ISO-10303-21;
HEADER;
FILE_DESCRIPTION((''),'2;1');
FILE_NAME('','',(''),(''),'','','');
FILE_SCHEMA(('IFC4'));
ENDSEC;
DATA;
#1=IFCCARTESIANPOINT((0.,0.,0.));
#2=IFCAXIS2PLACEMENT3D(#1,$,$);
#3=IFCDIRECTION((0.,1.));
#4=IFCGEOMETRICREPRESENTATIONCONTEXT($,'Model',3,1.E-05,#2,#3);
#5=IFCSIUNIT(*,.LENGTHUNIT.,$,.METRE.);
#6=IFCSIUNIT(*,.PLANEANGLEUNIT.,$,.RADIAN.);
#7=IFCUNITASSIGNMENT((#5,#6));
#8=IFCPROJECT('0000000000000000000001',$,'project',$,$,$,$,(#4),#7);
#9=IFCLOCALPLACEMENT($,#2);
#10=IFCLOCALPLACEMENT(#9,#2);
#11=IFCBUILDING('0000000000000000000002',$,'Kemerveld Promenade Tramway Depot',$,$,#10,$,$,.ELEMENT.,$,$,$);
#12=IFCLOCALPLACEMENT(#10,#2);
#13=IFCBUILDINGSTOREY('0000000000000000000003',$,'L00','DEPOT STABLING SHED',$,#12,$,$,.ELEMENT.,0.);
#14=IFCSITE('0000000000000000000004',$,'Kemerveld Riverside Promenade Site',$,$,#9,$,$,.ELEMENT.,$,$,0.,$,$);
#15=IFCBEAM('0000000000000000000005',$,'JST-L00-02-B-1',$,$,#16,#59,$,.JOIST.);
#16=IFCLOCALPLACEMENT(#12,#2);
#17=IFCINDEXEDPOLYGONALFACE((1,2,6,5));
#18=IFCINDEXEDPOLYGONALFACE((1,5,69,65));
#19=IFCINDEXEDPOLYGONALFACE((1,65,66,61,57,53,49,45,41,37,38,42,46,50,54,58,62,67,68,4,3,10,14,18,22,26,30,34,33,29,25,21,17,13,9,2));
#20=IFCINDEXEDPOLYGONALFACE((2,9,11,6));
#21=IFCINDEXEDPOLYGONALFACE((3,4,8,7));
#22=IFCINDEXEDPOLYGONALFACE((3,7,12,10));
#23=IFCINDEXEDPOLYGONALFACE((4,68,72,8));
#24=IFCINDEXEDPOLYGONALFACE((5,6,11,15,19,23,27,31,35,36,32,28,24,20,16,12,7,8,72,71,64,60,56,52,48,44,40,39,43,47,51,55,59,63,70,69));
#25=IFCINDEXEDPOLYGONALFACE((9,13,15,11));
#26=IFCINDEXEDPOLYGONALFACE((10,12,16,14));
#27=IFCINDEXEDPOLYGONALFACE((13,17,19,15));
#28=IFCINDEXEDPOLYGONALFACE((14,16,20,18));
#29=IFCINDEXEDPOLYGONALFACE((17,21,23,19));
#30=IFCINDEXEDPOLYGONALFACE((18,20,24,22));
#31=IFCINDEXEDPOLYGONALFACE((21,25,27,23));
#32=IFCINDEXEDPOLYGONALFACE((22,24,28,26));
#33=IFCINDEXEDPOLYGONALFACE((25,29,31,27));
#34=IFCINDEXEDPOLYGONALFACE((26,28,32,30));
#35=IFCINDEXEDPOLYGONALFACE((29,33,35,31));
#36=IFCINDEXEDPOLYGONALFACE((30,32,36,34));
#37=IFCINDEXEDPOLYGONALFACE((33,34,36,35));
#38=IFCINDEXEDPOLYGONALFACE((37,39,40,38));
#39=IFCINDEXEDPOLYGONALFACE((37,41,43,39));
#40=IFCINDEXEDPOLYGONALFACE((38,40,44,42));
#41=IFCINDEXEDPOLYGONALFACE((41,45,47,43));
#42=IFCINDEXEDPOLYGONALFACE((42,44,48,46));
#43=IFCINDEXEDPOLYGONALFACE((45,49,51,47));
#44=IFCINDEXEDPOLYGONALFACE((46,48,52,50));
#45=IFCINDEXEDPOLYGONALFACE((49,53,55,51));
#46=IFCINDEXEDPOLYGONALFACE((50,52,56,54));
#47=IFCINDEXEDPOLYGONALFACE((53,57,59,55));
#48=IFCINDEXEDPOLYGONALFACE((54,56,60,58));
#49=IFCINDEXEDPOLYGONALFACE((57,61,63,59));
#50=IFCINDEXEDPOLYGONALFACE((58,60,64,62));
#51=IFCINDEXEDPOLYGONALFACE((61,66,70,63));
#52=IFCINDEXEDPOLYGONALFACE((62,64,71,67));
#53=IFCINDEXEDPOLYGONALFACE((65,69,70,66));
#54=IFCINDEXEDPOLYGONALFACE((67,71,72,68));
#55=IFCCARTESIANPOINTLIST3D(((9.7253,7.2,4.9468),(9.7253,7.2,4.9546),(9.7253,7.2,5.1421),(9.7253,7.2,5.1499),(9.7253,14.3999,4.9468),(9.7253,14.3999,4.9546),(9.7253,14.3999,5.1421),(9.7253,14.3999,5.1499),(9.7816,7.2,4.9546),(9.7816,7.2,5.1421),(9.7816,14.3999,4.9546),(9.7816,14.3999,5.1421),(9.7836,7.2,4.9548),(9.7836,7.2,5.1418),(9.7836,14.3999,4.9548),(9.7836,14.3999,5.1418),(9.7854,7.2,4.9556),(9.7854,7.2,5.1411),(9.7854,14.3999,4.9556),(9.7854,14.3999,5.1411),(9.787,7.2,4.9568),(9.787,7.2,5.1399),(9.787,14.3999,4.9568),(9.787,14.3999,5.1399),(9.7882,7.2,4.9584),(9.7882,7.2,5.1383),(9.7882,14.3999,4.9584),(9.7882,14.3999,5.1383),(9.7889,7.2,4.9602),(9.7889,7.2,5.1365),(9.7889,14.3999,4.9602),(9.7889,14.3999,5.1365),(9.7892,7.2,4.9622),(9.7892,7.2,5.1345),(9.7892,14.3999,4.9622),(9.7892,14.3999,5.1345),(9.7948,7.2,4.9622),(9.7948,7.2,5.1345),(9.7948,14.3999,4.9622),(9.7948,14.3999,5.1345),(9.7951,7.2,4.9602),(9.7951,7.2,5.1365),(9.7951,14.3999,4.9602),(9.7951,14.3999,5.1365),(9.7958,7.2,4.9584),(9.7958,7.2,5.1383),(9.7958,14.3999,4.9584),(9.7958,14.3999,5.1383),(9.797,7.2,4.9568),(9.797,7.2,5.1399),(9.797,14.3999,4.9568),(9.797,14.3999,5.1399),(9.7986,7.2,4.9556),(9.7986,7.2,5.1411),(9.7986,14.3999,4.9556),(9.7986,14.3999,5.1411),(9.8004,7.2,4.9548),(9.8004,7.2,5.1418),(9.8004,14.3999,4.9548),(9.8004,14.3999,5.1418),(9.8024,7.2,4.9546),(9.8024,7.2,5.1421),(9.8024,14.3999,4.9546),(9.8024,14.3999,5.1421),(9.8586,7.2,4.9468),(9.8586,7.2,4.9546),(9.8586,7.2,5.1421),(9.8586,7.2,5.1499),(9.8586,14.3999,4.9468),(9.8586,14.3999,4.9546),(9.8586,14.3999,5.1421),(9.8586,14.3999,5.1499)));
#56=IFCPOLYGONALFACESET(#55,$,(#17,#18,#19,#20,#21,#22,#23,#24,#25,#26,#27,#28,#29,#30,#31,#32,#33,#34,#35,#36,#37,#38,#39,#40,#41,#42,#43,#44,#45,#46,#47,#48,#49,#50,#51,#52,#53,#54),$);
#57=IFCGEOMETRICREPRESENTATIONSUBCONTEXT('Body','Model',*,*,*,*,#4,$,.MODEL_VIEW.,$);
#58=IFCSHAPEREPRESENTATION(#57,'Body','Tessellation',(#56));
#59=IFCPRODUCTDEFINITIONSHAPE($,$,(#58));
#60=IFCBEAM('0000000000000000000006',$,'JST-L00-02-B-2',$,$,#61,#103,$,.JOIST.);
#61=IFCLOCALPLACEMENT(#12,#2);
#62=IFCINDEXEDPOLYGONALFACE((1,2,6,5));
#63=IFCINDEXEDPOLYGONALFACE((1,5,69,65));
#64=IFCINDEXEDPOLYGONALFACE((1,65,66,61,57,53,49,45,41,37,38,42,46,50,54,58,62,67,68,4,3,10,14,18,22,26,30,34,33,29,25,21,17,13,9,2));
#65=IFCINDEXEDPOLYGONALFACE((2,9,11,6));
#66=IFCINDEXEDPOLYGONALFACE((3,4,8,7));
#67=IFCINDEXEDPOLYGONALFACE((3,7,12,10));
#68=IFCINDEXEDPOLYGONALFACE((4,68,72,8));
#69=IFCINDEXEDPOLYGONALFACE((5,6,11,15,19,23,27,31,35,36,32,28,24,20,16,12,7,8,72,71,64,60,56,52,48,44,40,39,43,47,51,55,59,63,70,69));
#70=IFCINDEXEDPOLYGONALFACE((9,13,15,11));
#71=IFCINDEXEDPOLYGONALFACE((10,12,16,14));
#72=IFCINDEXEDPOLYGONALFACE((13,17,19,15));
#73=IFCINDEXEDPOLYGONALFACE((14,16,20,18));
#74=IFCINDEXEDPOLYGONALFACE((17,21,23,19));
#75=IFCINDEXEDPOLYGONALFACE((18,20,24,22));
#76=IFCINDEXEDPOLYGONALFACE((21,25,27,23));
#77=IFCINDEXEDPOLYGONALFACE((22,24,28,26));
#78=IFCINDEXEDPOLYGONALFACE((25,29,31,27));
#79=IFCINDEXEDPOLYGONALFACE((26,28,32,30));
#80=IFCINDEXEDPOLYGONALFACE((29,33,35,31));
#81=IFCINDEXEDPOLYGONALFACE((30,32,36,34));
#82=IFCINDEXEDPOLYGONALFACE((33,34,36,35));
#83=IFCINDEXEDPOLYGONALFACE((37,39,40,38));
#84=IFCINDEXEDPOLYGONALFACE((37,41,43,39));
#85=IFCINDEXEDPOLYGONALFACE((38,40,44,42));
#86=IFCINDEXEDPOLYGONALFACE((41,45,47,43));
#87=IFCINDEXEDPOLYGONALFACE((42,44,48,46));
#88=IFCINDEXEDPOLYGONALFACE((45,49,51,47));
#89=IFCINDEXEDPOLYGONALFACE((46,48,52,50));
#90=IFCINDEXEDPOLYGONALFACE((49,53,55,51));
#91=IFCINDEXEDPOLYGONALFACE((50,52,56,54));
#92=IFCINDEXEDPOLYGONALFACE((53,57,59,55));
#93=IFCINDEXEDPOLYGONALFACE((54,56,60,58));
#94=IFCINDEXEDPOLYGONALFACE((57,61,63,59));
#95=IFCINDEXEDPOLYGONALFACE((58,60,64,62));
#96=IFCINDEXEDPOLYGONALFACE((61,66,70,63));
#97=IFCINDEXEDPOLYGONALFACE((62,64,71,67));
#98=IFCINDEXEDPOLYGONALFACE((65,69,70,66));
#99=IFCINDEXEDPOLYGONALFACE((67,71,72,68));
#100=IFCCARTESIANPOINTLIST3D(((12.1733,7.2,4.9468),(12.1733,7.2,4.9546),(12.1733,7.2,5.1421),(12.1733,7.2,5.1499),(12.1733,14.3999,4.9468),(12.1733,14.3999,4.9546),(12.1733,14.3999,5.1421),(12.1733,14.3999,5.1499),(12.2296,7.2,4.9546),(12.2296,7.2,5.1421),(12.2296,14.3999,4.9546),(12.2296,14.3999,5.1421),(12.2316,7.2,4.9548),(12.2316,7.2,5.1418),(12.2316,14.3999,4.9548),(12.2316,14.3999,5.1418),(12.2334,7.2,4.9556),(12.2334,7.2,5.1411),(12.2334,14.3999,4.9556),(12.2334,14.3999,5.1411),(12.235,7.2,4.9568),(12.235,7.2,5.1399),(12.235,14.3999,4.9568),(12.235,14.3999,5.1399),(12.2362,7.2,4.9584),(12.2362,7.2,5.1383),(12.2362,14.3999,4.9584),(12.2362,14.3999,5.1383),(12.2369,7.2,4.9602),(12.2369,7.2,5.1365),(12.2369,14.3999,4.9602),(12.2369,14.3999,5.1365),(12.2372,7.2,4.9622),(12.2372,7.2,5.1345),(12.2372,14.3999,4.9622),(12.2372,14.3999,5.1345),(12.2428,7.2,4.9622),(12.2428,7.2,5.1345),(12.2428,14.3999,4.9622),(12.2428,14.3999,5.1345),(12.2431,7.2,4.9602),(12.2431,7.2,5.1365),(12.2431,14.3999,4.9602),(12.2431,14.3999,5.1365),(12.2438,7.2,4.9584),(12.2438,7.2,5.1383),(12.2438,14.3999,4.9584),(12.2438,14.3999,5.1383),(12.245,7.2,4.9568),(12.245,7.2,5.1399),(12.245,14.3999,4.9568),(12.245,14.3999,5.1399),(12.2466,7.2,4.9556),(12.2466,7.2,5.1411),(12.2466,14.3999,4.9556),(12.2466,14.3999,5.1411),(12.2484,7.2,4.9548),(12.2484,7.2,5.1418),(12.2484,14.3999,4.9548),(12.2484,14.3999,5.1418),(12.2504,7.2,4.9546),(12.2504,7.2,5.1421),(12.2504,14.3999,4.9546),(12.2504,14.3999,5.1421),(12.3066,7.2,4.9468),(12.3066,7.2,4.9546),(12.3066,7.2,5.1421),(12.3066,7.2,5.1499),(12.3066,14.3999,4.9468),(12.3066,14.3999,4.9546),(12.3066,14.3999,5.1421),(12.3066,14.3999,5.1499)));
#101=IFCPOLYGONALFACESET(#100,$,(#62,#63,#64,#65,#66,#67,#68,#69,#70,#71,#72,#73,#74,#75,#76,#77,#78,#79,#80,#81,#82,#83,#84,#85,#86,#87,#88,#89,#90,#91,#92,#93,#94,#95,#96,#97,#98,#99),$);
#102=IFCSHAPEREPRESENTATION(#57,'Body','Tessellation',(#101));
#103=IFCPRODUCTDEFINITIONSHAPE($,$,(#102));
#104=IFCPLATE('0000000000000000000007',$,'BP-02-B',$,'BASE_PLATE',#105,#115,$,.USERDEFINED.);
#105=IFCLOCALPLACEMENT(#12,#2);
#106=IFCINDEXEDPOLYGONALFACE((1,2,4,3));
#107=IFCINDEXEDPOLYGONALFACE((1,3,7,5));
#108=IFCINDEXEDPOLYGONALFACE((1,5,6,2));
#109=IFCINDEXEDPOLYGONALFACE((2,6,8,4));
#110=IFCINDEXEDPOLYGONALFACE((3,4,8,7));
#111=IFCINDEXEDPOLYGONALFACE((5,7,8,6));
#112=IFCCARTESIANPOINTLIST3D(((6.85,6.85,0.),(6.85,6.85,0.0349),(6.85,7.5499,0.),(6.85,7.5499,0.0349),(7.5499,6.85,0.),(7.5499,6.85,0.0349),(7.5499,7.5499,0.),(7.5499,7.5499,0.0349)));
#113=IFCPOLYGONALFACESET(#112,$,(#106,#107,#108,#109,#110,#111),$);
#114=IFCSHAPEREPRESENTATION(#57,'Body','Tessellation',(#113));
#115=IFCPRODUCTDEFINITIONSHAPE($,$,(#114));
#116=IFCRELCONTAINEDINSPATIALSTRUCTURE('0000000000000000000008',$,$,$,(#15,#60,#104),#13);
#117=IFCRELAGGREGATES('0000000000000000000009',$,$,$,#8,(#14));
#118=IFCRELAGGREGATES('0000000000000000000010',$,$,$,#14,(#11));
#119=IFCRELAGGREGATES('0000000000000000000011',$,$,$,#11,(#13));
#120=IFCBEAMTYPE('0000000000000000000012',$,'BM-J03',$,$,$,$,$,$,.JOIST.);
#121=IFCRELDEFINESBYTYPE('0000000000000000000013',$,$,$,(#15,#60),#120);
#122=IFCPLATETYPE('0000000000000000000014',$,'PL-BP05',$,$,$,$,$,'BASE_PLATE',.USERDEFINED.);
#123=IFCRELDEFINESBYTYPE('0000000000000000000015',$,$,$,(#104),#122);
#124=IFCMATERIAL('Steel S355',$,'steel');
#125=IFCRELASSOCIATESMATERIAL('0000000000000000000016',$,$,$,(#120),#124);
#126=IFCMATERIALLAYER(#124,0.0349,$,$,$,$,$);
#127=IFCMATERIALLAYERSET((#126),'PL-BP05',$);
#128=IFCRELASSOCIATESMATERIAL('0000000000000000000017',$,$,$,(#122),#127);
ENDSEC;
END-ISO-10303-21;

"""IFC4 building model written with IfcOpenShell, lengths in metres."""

from ifc_helpers import new_model, si_unit, direction, frame, origin, origin_2d, place, context, subcontext, project, spatial, rectangle, i_section, extrude, material, layer, layer_set, material_profile, profile_set, type_object, element, save


model = new_model("IFC4")

# Units and contexts
model_context = context("Model", 3, precision=1e-05, world=origin(), true_north=direction((0.0, 1.0)))
body_context = subcontext(model_context, "Body", "Model", "MODEL_VIEW")
ifc_project = project(units=[si_unit("LENGTHUNIT", "METRE"), si_unit("PLANEANGLEUNIT", "RADIAN")], contexts=[model_context])

# Site, building, storey
site_placement = place(None, origin())
site = spatial("IfcSite", under=ifc_project, at=site_placement, Name="Kemerveld Riverside Promenade Site", CompositionType="ELEMENT", RefElevation=0.0)
building_placement = place(site_placement, origin())
building = spatial("IfcBuilding", under=site, at=building_placement, Name="Kemerveld Promenade Tramway Depot", CompositionType="ELEMENT")
storey_placement = place(building_placement, origin())
storey = spatial("IfcBuildingStorey", under=building, at=storey_placement, Name="L00", Description="DEPOT STABLING SHED", CompositionType="ELEMENT", Elevation=0.0)

# Shared definitions
ifc_material_1 = material(Name="Steel S355", Category="steel")

# Beams
ifc_material_profile_1 = material_profile(ifc_material_1, i_section(OverallWidth=0.1333, OverallDepth=0.2031, WebThickness=0.0056, FlangeThickness=0.0078, FilletRadius=0.0076, at=origin_2d()), Name="203x133x25 UB")
ifc_profile_set_1 = profile_set([ifc_material_profile_1], Name="Steel S355")
beam_type_1 = type_object("IfcBeamType", Name="BM-J03", PredefinedType="JOIST", material=ifc_profile_set_1)
for number, where, z_axis, x_axis, name in (
    (1, (9.792, 7.2, 5.0483), (0.0, 1.0, 0.0), (-1.0, 0.0, 0.0), "JST-L00-02-B-1"),
    (2, (12.24, 7.2, 5.0483), (0.0, 1.0, 0.0), (-1.0, 0.0, 0.0), "JST-L00-02-B-2"),
):
    element("IfcBeam", number, at=place(storey_placement, frame(where, z_axis=z_axis, x_axis=x_axis)), inside=storey, type_object=beam_type_1, Name=name, PredefinedType="JOIST", context=body_context, shape_type="SweptSolid", body=[
        extrude(i_section(OverallWidth=0.1333, OverallDepth=0.2031, WebThickness=0.0056, FlangeThickness=0.0078, FilletRadius=0.0076, at=origin_2d()), origin(), (0.0, 0.0, 1.0), 7.2),
    ])

# Plate
ifc_layer = layer(ifc_material_1, 0.0349)
ifc_layer_set = layer_set([ifc_layer], Name="PL-BP05")
plate_type = type_object("IfcPlateType", Name="PL-BP05", ElementType="BASE_PLATE", PredefinedType="USERDEFINED", material=ifc_layer_set)
plate_placement = place(storey_placement, frame((7.2, 7.2, 0.0), z_axis=(0.0, 0.0, 1.0), x_axis=(1.0, 0.0, 0.0)))
element("IfcPlate", 3, at=plate_placement, inside=storey, type_object=plate_type, Name="BP-02-B", ObjectType="BASE_PLATE", PredefinedType="USERDEFINED", context=body_context, shape_type="SweptSolid", body=[
    extrude(rectangle(XDim=0.7, YDim=0.7, at=origin_2d()), origin(), (0.0, 0.0, 1.0), 0.0349),
])

save(model, "model.ifc")
